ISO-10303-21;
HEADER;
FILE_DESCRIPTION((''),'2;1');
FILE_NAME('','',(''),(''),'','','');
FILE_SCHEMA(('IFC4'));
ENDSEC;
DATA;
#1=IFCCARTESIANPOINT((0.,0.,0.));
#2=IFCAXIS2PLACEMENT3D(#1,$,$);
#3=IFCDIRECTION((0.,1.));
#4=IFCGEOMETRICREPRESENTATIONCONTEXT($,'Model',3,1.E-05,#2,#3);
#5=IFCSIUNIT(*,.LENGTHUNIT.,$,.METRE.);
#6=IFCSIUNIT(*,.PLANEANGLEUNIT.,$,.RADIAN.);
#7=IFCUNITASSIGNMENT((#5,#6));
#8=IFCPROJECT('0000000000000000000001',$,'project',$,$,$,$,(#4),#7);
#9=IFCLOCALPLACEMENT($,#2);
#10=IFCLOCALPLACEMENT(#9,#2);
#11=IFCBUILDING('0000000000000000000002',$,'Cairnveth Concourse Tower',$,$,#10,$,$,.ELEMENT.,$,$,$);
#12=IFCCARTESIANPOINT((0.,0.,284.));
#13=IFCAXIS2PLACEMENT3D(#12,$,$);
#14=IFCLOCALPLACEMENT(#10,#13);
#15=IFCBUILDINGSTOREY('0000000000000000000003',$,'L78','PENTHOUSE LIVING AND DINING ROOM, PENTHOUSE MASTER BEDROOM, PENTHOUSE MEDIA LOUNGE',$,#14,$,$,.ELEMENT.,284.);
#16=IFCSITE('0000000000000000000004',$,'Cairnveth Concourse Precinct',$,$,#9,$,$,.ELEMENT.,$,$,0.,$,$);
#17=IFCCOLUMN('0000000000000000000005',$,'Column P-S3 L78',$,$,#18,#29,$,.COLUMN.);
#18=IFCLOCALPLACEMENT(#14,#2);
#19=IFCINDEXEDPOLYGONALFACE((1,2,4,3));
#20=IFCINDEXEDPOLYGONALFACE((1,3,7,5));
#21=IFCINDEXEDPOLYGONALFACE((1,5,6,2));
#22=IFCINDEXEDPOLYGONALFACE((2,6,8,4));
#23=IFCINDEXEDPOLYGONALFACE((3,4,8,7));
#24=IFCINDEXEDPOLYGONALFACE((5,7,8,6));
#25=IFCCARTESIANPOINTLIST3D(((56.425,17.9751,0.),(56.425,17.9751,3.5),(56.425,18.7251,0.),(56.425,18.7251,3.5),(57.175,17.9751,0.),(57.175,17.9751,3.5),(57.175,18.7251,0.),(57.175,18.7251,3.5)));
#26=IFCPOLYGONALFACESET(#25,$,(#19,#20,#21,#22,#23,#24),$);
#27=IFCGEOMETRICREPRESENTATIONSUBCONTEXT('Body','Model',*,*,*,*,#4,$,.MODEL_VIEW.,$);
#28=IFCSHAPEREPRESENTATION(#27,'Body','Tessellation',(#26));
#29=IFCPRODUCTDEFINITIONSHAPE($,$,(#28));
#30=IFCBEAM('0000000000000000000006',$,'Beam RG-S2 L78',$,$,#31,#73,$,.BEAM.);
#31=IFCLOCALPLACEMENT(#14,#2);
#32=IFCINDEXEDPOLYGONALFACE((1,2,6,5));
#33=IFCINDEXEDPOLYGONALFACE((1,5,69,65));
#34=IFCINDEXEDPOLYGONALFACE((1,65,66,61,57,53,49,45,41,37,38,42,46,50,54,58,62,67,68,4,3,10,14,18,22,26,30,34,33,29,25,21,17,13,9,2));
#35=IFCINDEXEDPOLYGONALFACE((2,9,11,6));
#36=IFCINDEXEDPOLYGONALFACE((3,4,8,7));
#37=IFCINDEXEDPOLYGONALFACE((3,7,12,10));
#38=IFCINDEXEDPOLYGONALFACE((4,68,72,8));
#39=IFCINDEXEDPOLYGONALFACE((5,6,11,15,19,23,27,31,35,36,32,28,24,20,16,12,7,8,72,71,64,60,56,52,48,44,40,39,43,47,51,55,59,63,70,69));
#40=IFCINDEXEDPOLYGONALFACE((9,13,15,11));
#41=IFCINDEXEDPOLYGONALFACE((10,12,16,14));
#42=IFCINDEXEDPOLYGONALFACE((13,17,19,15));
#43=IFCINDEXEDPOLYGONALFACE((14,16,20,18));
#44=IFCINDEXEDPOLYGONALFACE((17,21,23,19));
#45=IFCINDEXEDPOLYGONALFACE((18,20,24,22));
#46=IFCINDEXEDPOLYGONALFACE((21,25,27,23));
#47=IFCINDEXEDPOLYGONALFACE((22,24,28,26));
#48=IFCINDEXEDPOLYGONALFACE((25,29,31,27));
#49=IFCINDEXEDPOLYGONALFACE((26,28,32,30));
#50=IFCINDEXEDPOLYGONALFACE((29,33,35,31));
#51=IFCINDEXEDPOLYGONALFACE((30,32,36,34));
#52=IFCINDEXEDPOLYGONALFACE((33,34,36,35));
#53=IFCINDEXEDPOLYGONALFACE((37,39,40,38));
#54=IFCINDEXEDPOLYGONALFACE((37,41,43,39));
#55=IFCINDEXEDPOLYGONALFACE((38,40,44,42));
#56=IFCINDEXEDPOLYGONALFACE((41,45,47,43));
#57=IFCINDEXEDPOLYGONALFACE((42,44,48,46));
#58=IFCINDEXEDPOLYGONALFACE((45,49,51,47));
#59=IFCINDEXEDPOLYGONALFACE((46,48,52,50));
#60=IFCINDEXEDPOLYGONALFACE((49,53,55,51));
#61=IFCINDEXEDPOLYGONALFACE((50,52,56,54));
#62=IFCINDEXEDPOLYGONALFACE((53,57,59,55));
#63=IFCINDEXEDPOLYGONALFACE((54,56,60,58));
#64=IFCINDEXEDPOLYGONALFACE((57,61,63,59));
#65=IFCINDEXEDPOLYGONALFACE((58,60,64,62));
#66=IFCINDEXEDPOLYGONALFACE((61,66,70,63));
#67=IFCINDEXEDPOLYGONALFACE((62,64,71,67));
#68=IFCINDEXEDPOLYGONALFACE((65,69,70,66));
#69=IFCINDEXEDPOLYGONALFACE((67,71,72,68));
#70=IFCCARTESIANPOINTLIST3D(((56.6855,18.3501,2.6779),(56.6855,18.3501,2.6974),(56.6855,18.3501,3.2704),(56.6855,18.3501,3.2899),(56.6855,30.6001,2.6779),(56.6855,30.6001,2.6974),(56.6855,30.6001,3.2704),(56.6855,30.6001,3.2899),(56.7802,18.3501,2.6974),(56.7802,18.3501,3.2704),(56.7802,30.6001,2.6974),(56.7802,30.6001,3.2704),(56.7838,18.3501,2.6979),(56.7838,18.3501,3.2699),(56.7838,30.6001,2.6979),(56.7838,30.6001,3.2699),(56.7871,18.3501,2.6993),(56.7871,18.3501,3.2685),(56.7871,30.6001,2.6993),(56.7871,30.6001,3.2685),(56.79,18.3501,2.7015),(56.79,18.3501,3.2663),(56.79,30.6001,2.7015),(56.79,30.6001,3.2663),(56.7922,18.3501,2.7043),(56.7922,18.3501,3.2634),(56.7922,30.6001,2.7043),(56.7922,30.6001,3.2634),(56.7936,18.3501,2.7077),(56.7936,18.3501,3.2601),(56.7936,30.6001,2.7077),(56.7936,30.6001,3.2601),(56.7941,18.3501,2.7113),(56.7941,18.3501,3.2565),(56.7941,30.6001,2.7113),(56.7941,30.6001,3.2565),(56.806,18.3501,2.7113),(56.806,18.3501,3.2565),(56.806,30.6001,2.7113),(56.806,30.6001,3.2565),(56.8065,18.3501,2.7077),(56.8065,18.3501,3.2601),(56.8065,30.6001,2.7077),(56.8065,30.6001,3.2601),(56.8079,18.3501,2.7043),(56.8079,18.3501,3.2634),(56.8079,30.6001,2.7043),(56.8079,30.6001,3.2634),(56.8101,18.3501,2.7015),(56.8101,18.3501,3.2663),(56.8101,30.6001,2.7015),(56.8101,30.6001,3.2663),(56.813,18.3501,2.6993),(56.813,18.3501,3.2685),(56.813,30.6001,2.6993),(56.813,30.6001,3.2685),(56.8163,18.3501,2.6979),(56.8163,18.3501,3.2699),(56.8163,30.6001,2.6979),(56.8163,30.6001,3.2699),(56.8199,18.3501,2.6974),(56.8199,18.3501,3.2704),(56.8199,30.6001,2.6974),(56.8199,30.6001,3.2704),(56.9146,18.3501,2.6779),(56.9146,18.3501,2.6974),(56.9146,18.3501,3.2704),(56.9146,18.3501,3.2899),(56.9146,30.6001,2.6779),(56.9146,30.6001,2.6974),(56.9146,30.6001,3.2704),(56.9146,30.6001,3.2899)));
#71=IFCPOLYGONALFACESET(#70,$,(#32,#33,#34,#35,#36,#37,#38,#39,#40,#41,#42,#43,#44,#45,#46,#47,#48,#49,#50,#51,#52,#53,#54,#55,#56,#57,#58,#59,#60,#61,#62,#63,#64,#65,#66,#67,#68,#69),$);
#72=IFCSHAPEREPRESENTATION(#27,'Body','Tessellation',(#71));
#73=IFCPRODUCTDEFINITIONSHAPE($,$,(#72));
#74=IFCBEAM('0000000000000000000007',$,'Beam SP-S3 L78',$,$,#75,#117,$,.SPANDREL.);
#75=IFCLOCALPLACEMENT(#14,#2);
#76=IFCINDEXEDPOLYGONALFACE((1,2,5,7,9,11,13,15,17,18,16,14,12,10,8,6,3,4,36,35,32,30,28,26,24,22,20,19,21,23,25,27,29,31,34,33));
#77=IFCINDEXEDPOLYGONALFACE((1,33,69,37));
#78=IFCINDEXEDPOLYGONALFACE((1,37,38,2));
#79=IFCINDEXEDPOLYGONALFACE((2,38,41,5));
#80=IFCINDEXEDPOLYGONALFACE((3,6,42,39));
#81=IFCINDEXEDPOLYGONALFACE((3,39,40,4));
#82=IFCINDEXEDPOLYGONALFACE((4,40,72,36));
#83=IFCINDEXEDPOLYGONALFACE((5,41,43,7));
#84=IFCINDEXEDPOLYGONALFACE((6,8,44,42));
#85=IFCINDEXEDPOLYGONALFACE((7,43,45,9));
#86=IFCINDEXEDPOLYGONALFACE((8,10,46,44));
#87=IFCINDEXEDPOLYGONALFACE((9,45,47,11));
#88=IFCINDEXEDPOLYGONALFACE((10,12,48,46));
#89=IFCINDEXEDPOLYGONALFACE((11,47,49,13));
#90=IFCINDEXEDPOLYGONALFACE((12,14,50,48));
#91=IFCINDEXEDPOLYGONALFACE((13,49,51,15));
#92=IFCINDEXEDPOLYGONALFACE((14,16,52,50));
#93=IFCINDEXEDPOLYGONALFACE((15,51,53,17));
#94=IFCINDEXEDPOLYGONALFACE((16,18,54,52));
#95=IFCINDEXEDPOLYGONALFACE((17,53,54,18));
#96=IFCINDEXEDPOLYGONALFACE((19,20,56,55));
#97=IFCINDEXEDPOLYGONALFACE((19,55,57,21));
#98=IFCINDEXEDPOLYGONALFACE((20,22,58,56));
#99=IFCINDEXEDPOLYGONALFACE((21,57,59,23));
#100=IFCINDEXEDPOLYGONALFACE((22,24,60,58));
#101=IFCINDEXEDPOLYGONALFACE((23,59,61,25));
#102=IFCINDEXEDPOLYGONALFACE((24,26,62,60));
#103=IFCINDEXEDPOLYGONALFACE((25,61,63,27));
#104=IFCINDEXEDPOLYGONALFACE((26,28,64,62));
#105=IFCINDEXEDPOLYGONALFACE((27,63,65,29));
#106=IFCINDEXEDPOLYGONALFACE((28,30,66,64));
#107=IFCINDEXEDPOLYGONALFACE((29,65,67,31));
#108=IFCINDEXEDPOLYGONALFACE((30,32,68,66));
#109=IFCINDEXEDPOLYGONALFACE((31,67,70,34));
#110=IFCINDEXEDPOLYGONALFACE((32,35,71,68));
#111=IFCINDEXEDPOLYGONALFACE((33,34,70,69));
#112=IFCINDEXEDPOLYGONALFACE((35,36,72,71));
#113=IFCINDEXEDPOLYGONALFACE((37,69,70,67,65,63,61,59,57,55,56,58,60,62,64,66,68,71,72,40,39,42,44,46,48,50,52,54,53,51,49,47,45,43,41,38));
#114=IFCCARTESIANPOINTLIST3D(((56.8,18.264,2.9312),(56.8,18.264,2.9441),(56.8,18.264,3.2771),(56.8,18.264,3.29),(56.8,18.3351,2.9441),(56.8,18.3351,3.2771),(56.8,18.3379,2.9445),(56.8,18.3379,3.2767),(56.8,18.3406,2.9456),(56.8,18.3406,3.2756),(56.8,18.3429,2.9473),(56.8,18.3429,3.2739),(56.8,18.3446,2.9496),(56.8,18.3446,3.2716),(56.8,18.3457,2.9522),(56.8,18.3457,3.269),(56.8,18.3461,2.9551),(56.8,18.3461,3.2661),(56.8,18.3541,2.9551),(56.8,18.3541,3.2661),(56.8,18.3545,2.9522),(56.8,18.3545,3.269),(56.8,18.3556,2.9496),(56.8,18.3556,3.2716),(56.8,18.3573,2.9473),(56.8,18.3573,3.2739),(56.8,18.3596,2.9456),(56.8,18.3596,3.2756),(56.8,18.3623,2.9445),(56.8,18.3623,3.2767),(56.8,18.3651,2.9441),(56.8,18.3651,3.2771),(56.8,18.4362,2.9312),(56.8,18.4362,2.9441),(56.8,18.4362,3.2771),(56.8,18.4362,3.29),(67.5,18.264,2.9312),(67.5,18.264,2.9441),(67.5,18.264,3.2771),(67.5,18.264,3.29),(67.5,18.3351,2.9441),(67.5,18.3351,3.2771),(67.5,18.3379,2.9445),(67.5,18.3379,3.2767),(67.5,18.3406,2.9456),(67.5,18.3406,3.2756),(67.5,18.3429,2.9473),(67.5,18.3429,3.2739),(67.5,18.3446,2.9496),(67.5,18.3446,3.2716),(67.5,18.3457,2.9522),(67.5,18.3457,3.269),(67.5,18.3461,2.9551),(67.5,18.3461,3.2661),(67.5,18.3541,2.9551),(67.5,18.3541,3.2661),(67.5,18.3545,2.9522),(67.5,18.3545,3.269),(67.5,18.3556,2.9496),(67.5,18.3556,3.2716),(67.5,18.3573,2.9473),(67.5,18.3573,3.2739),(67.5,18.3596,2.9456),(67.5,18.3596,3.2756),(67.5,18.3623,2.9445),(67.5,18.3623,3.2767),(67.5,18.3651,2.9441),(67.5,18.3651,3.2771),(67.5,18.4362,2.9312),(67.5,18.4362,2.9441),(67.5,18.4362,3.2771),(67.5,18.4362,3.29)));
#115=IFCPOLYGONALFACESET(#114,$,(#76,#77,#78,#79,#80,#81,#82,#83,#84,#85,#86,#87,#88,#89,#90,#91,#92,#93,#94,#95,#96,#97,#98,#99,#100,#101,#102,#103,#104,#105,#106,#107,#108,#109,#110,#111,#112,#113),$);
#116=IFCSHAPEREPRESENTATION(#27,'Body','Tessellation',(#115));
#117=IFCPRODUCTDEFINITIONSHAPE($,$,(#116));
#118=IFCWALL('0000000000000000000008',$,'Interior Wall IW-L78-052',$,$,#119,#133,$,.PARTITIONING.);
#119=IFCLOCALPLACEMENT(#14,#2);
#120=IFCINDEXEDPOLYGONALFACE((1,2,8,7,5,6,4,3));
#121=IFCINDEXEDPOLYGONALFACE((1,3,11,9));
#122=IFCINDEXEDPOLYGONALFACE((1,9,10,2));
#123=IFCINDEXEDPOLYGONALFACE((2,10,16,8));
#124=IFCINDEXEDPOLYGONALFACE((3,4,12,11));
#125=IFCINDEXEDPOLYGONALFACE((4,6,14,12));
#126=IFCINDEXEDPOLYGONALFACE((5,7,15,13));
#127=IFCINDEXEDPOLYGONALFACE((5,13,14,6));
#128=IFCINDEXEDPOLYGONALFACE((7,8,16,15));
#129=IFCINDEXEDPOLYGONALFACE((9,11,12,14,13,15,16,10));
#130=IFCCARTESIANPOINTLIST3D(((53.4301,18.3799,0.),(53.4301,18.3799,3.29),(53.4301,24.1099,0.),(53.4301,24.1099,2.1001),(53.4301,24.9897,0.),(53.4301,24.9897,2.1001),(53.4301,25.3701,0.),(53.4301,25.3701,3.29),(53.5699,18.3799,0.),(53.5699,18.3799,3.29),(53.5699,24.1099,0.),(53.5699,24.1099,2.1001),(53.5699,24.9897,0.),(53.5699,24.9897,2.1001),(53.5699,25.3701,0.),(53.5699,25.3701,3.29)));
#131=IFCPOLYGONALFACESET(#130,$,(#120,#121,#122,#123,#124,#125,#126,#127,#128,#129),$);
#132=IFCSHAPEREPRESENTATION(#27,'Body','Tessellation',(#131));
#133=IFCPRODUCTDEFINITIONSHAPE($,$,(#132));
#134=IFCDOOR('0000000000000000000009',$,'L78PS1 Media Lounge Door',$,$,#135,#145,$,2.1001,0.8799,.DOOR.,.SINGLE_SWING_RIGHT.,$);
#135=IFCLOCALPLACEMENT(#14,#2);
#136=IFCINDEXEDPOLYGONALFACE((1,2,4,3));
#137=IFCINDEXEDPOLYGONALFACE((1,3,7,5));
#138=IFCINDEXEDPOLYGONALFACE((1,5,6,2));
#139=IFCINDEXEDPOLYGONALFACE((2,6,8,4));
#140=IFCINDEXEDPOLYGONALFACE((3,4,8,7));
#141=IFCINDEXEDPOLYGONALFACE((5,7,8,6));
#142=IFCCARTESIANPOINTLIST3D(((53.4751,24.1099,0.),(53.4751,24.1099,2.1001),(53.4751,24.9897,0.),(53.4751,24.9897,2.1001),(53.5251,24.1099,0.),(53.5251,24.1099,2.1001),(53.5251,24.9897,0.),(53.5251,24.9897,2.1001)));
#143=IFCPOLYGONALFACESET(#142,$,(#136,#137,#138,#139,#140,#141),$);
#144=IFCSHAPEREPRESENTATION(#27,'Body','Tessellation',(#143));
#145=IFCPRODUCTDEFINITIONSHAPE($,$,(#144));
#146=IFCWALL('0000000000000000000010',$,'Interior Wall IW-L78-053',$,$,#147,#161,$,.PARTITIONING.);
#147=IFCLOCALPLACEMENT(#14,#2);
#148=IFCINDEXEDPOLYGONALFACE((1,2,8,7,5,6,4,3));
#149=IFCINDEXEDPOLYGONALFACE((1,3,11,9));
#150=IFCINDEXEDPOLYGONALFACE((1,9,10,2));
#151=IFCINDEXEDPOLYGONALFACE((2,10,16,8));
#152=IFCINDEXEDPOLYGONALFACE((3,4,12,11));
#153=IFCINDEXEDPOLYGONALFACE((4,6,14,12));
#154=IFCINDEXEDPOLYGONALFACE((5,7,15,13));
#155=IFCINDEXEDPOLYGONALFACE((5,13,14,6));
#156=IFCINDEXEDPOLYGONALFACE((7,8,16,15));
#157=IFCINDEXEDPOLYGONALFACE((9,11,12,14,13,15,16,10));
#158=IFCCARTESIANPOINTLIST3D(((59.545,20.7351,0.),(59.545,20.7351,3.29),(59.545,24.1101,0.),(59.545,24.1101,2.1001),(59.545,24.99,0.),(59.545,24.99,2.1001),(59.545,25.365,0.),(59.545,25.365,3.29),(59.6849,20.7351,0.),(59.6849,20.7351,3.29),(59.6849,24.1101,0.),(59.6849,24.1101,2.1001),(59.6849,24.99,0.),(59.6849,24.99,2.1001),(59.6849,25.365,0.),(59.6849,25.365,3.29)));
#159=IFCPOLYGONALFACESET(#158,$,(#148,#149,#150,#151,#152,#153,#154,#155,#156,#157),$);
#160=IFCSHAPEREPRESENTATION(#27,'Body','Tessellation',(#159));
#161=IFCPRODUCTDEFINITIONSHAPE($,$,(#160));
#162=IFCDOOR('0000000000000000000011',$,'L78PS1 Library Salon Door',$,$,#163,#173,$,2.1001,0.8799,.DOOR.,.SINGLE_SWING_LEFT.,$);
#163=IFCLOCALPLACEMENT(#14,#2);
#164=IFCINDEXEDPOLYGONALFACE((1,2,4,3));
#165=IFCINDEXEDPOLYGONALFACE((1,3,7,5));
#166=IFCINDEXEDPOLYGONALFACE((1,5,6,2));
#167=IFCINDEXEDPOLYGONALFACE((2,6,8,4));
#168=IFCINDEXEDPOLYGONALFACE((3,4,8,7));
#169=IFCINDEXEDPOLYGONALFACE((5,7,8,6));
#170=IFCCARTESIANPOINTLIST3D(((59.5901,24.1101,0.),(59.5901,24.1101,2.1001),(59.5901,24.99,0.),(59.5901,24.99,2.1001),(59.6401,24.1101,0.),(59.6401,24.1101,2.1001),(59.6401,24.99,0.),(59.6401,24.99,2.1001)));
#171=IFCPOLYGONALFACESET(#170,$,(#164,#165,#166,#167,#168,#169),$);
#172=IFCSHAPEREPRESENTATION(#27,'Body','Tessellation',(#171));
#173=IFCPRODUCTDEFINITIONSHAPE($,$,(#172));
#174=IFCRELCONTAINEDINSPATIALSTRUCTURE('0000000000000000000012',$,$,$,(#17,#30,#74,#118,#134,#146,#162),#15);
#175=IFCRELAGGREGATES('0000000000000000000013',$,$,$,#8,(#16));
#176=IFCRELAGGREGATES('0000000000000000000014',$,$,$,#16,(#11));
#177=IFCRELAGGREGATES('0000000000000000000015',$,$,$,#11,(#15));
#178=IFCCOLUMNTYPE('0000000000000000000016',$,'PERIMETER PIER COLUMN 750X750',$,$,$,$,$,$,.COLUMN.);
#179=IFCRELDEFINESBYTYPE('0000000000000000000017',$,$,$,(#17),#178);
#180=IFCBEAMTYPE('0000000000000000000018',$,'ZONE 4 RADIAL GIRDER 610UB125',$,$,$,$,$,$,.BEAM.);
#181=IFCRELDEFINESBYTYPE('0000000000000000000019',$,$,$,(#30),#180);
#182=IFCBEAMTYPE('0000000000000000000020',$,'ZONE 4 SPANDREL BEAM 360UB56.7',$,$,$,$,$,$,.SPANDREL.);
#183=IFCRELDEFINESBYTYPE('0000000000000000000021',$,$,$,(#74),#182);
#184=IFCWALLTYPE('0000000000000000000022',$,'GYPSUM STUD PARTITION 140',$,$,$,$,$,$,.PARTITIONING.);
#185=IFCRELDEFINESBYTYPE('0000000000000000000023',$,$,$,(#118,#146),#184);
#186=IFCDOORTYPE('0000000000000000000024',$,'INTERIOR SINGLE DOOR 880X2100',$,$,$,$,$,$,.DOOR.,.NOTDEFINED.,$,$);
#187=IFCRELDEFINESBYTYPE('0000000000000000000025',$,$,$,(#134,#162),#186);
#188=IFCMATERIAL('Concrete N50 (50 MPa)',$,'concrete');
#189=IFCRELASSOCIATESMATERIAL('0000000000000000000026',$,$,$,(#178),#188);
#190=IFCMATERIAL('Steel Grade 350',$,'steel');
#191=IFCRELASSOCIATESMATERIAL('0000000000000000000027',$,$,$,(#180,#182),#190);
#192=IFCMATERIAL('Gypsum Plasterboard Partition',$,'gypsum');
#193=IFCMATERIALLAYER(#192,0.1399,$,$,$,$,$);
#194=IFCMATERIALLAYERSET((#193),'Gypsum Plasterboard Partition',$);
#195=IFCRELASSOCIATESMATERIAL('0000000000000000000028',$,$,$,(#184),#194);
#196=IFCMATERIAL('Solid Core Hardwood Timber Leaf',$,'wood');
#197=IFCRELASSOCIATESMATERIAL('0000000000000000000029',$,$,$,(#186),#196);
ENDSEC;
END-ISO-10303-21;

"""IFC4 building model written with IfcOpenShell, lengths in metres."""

from ifc_helpers import new_model, si_unit, direction, frame, frame_2d, origin, origin_2d, place, context, subcontext, project, spatial, rectangle, i_section, extrude, material, layer, layer_set, material_profile, profile_set, type_object, element, fill, save


model = new_model("IFC4")

# Units and contexts
model_context = context("Model", 3, precision=1e-05, world=origin(), true_north=direction((0.0, 1.0)))
body_context = subcontext(model_context, "Body", "Model", "MODEL_VIEW")
ifc_project = project(units=[si_unit("LENGTHUNIT", "METRE"), si_unit("PLANEANGLEUNIT", "RADIAN")], contexts=[model_context])

# Site, building, storey
site_placement = place(None, origin())
site = spatial("IfcSite", under=ifc_project, at=site_placement, Name="Cairnveth Concourse Precinct", CompositionType="ELEMENT", RefElevation=0.0)
building_placement = place(site_placement, origin())
building = spatial("IfcBuilding", under=site, at=building_placement, Name="Cairnveth Concourse Tower", CompositionType="ELEMENT")
storey_placement = place(building_placement, frame((0.0, 0.0, 284.0)))
storey = spatial("IfcBuildingStorey", under=building, at=storey_placement, Name="L78", Description="PENTHOUSE LIVING AND DINING ROOM, PENTHOUSE MASTER BEDROOM, PENTHOUSE MEDIA LOUNGE", CompositionType="ELEMENT", Elevation=284.0)

# Column
ifc_material_1 = material(Name="Concrete N50 (50 MPa)", Category="concrete")
ifc_material_profile_1 = material_profile(ifc_material_1, rectangle(XDim=0.75, YDim=0.75, at=origin_2d()), Name="RC-COL-750x750")
ifc_profile_set_1 = profile_set([ifc_material_profile_1], Name="Concrete N50 (50 MPa)")
column_type = type_object("IfcColumnType", Name="PERIMETER PIER COLUMN 750X750", PredefinedType="COLUMN", material=ifc_profile_set_1)
column_placement = place(storey_placement, frame((56.8, 18.3501, 0.0), z_axis=(0.0, 0.0, 1.0), x_axis=(1.0, 0.0, 0.0)))
element("IfcColumn", 1, at=column_placement, inside=storey, type_object=column_type, Name="Column P-S3 L78", PredefinedType="COLUMN", context=body_context, shape_type="SweptSolid", body=[
    extrude(rectangle(XDim=0.75, YDim=0.75, at=origin_2d()), origin(), (0.0, 0.0, 1.0), 3.5),
])

# Beams
ifc_material_2 = material(Name="Steel Grade 350", Category="steel")
ifc_material_profile_2 = material_profile(ifc_material_2, i_section(OverallWidth=0.229, OverallDepth=0.6121, WebThickness=0.012, FlangeThickness=0.0195, FilletRadius=0.0139, at=origin_2d()), Name="610UB125")
ifc_profile_set_2 = profile_set([ifc_material_profile_2], Name="Steel Grade 350")
beam_type_1 = type_object("IfcBeamType", Name="ZONE 4 RADIAL GIRDER 610UB125", PredefinedType="BEAM", material=ifc_profile_set_2)
beam_1_placement = place(storey_placement, frame((56.8, 18.3501, 2.9839), z_axis=(0.0, 1.0, 0.0), x_axis=(-1.0, 0.0, 0.0)))
element("IfcBeam", 2, at=beam_1_placement, inside=storey, type_object=beam_type_1, Name="Beam RG-S2 L78", PredefinedType="BEAM", context=body_context, shape_type="SweptSolid", body=[
    extrude(i_section(OverallWidth=0.229, OverallDepth=0.6121, WebThickness=0.012, FlangeThickness=0.0195, FilletRadius=0.0139, at=origin_2d()), origin(), (0.0, 0.0, 1.0), 12.25),
])
ifc_material_profile_3 = material_profile(ifc_material_2, i_section(OverallWidth=0.1721, OverallDepth=0.3589, WebThickness=0.0081, FlangeThickness=0.0129, FilletRadius=0.011, at=origin_2d()), Name="360UB56.7")
ifc_profile_set_3 = profile_set([ifc_material_profile_3], Name="Steel Grade 350")
beam_type_2 = type_object("IfcBeamType", Name="ZONE 4 SPANDREL BEAM 360UB56.7", PredefinedType="SPANDREL", material=ifc_profile_set_3)
beam_2_placement = place(storey_placement, frame((56.8, 18.3501, 3.1106), z_axis=(1.0, 0.0, 0.0), x_axis=(0.0, 1.0, 0.0)))
element("IfcBeam", 3, at=beam_2_placement, inside=storey, type_object=beam_type_2, Name="Beam SP-S3 L78", PredefinedType="SPANDREL", context=body_context, shape_type="SweptSolid", body=[
    extrude(i_section(OverallWidth=0.1721, OverallDepth=0.3589, WebThickness=0.0081, FlangeThickness=0.0129, FilletRadius=0.011, at=origin_2d()), origin(), (0.0, 0.0, 1.0), 10.7),
])

# Walls, openings, doors
ifc_material_3 = material(Name="Gypsum Plasterboard Partition", Category="gypsum")
ifc_layer_1 = layer(ifc_material_3, 0.1399)
ifc_layer_set_1 = layer_set([ifc_layer_1], Name="Gypsum Plasterboard Partition")
wall_type_1 = type_object("IfcWallType", Name="GYPSUM STUD PARTITION 140", PredefinedType="PARTITIONING", material=ifc_layer_set_1)
wall_1_placement = place(storey_placement, frame((53.5, 18.3799, 0.0), z_axis=(0.0, 0.0, 1.0), x_axis=(0.0, 1.0, 0.0)))
wall_1 = element("IfcWall", 4, at=wall_1_placement, inside=storey, type_object=wall_type_1, Name="Interior Wall IW-L78-052", PredefinedType="PARTITIONING", context=body_context, shape_type="SweptSolid", body=[
    extrude(rectangle(XDim=6.9902, YDim=0.1399, at=frame_2d((3.4951, 0.0))), origin(), (0.0, 0.0, 1.0), 3.29),
])
opening_1_placement = place(wall_1_placement, frame((5.73, 0.0, 0.0)))
opening_1 = element("IfcOpeningElement", 5, at=opening_1_placement, cuts=wall_1, PredefinedType="OPENING", context=body_context, shape_type="SweptSolid", body=[
    extrude(rectangle(XDim=0.8799, YDim=2.1001, at=frame_2d((0.4399, 1.05))), frame((0.0, 0.0798, 0.0), z_axis=(0.0, -1.0, 0.0), x_axis=(1.0, 0.0, 0.0)), (0.0, 0.0, 1.0), 0.1599),
])
ifc_material_4 = material(Name="Solid Core Hardwood Timber Leaf", Category="wood")
door_type = type_object("IfcDoorType", Name="INTERIOR SINGLE DOOR 880X2100", OperationType="NOTDEFINED", PredefinedType="DOOR", material=ifc_material_4)
door_1_placement = place(opening_1_placement, origin())
door_1 = element("IfcDoor", 6, at=door_1_placement, inside=storey, type_object=door_type, Name="L78PS1 Media Lounge Door", OperationType="SINGLE_SWING_RIGHT", OverallHeight=2.1001, OverallWidth=0.8799, PredefinedType="DOOR", context=body_context, shape_type="SweptSolid", body=[
    extrude(rectangle(XDim=0.8799, YDim=2.1001, at=frame_2d((0.4399, 1.05))), frame((0.0, 0.0249, 0.0), z_axis=(0.0, -1.0, 0.0), x_axis=(1.0, 0.0, 0.0)), (0.0, 0.0, 1.0), 0.05),
])
fill(opening_1, door_1)
wall_2_placement = place(storey_placement, frame((59.615, 20.7351, 0.0), z_axis=(0.0, 0.0, 1.0), x_axis=(0.0, 1.0, 0.0)))
wall_2 = element("IfcWall", 7, at=wall_2_placement, inside=storey, type_object=wall_type_1, Name="Interior Wall IW-L78-053", PredefinedType="PARTITIONING", context=body_context, shape_type="SweptSolid", body=[
    extrude(rectangle(XDim=4.6299, YDim=0.1399, at=frame_2d((2.3149, 0.0))), origin(), (0.0, 0.0, 1.0), 3.29),
])
opening_2_placement = place(wall_2_placement, frame((3.375, 0.0, 0.0)))
opening_2 = element("IfcOpeningElement", 8, at=opening_2_placement, cuts=wall_2, PredefinedType="OPENING", context=body_context, shape_type="SweptSolid", body=[
    extrude(rectangle(XDim=0.8799, YDim=2.1001, at=frame_2d((0.4399, 1.05))), frame((0.0, 0.0798, 0.0), z_axis=(0.0, -1.0, 0.0), x_axis=(1.0, 0.0, 0.0)), (0.0, 0.0, 1.0), 0.1599),
])
door_2_placement = place(opening_2_placement, origin())
door_2 = element("IfcDoor", 9, at=door_2_placement, inside=storey, type_object=door_type, Name="L78PS1 Library Salon Door", OperationType="SINGLE_SWING_LEFT", OverallHeight=2.1001, OverallWidth=0.8799, PredefinedType="DOOR", context=body_context, shape_type="SweptSolid", body=[
    extrude(rectangle(XDim=0.8799, YDim=2.1001, at=frame_2d((0.4399, 1.05))), frame((0.0, 0.0249, 0.0), z_axis=(0.0, -1.0, 0.0), x_axis=(1.0, 0.0, 0.0)), (0.0, 0.0, 1.0), 0.05),
])
fill(opening_2, door_2)

save(model, "model.ifc")
